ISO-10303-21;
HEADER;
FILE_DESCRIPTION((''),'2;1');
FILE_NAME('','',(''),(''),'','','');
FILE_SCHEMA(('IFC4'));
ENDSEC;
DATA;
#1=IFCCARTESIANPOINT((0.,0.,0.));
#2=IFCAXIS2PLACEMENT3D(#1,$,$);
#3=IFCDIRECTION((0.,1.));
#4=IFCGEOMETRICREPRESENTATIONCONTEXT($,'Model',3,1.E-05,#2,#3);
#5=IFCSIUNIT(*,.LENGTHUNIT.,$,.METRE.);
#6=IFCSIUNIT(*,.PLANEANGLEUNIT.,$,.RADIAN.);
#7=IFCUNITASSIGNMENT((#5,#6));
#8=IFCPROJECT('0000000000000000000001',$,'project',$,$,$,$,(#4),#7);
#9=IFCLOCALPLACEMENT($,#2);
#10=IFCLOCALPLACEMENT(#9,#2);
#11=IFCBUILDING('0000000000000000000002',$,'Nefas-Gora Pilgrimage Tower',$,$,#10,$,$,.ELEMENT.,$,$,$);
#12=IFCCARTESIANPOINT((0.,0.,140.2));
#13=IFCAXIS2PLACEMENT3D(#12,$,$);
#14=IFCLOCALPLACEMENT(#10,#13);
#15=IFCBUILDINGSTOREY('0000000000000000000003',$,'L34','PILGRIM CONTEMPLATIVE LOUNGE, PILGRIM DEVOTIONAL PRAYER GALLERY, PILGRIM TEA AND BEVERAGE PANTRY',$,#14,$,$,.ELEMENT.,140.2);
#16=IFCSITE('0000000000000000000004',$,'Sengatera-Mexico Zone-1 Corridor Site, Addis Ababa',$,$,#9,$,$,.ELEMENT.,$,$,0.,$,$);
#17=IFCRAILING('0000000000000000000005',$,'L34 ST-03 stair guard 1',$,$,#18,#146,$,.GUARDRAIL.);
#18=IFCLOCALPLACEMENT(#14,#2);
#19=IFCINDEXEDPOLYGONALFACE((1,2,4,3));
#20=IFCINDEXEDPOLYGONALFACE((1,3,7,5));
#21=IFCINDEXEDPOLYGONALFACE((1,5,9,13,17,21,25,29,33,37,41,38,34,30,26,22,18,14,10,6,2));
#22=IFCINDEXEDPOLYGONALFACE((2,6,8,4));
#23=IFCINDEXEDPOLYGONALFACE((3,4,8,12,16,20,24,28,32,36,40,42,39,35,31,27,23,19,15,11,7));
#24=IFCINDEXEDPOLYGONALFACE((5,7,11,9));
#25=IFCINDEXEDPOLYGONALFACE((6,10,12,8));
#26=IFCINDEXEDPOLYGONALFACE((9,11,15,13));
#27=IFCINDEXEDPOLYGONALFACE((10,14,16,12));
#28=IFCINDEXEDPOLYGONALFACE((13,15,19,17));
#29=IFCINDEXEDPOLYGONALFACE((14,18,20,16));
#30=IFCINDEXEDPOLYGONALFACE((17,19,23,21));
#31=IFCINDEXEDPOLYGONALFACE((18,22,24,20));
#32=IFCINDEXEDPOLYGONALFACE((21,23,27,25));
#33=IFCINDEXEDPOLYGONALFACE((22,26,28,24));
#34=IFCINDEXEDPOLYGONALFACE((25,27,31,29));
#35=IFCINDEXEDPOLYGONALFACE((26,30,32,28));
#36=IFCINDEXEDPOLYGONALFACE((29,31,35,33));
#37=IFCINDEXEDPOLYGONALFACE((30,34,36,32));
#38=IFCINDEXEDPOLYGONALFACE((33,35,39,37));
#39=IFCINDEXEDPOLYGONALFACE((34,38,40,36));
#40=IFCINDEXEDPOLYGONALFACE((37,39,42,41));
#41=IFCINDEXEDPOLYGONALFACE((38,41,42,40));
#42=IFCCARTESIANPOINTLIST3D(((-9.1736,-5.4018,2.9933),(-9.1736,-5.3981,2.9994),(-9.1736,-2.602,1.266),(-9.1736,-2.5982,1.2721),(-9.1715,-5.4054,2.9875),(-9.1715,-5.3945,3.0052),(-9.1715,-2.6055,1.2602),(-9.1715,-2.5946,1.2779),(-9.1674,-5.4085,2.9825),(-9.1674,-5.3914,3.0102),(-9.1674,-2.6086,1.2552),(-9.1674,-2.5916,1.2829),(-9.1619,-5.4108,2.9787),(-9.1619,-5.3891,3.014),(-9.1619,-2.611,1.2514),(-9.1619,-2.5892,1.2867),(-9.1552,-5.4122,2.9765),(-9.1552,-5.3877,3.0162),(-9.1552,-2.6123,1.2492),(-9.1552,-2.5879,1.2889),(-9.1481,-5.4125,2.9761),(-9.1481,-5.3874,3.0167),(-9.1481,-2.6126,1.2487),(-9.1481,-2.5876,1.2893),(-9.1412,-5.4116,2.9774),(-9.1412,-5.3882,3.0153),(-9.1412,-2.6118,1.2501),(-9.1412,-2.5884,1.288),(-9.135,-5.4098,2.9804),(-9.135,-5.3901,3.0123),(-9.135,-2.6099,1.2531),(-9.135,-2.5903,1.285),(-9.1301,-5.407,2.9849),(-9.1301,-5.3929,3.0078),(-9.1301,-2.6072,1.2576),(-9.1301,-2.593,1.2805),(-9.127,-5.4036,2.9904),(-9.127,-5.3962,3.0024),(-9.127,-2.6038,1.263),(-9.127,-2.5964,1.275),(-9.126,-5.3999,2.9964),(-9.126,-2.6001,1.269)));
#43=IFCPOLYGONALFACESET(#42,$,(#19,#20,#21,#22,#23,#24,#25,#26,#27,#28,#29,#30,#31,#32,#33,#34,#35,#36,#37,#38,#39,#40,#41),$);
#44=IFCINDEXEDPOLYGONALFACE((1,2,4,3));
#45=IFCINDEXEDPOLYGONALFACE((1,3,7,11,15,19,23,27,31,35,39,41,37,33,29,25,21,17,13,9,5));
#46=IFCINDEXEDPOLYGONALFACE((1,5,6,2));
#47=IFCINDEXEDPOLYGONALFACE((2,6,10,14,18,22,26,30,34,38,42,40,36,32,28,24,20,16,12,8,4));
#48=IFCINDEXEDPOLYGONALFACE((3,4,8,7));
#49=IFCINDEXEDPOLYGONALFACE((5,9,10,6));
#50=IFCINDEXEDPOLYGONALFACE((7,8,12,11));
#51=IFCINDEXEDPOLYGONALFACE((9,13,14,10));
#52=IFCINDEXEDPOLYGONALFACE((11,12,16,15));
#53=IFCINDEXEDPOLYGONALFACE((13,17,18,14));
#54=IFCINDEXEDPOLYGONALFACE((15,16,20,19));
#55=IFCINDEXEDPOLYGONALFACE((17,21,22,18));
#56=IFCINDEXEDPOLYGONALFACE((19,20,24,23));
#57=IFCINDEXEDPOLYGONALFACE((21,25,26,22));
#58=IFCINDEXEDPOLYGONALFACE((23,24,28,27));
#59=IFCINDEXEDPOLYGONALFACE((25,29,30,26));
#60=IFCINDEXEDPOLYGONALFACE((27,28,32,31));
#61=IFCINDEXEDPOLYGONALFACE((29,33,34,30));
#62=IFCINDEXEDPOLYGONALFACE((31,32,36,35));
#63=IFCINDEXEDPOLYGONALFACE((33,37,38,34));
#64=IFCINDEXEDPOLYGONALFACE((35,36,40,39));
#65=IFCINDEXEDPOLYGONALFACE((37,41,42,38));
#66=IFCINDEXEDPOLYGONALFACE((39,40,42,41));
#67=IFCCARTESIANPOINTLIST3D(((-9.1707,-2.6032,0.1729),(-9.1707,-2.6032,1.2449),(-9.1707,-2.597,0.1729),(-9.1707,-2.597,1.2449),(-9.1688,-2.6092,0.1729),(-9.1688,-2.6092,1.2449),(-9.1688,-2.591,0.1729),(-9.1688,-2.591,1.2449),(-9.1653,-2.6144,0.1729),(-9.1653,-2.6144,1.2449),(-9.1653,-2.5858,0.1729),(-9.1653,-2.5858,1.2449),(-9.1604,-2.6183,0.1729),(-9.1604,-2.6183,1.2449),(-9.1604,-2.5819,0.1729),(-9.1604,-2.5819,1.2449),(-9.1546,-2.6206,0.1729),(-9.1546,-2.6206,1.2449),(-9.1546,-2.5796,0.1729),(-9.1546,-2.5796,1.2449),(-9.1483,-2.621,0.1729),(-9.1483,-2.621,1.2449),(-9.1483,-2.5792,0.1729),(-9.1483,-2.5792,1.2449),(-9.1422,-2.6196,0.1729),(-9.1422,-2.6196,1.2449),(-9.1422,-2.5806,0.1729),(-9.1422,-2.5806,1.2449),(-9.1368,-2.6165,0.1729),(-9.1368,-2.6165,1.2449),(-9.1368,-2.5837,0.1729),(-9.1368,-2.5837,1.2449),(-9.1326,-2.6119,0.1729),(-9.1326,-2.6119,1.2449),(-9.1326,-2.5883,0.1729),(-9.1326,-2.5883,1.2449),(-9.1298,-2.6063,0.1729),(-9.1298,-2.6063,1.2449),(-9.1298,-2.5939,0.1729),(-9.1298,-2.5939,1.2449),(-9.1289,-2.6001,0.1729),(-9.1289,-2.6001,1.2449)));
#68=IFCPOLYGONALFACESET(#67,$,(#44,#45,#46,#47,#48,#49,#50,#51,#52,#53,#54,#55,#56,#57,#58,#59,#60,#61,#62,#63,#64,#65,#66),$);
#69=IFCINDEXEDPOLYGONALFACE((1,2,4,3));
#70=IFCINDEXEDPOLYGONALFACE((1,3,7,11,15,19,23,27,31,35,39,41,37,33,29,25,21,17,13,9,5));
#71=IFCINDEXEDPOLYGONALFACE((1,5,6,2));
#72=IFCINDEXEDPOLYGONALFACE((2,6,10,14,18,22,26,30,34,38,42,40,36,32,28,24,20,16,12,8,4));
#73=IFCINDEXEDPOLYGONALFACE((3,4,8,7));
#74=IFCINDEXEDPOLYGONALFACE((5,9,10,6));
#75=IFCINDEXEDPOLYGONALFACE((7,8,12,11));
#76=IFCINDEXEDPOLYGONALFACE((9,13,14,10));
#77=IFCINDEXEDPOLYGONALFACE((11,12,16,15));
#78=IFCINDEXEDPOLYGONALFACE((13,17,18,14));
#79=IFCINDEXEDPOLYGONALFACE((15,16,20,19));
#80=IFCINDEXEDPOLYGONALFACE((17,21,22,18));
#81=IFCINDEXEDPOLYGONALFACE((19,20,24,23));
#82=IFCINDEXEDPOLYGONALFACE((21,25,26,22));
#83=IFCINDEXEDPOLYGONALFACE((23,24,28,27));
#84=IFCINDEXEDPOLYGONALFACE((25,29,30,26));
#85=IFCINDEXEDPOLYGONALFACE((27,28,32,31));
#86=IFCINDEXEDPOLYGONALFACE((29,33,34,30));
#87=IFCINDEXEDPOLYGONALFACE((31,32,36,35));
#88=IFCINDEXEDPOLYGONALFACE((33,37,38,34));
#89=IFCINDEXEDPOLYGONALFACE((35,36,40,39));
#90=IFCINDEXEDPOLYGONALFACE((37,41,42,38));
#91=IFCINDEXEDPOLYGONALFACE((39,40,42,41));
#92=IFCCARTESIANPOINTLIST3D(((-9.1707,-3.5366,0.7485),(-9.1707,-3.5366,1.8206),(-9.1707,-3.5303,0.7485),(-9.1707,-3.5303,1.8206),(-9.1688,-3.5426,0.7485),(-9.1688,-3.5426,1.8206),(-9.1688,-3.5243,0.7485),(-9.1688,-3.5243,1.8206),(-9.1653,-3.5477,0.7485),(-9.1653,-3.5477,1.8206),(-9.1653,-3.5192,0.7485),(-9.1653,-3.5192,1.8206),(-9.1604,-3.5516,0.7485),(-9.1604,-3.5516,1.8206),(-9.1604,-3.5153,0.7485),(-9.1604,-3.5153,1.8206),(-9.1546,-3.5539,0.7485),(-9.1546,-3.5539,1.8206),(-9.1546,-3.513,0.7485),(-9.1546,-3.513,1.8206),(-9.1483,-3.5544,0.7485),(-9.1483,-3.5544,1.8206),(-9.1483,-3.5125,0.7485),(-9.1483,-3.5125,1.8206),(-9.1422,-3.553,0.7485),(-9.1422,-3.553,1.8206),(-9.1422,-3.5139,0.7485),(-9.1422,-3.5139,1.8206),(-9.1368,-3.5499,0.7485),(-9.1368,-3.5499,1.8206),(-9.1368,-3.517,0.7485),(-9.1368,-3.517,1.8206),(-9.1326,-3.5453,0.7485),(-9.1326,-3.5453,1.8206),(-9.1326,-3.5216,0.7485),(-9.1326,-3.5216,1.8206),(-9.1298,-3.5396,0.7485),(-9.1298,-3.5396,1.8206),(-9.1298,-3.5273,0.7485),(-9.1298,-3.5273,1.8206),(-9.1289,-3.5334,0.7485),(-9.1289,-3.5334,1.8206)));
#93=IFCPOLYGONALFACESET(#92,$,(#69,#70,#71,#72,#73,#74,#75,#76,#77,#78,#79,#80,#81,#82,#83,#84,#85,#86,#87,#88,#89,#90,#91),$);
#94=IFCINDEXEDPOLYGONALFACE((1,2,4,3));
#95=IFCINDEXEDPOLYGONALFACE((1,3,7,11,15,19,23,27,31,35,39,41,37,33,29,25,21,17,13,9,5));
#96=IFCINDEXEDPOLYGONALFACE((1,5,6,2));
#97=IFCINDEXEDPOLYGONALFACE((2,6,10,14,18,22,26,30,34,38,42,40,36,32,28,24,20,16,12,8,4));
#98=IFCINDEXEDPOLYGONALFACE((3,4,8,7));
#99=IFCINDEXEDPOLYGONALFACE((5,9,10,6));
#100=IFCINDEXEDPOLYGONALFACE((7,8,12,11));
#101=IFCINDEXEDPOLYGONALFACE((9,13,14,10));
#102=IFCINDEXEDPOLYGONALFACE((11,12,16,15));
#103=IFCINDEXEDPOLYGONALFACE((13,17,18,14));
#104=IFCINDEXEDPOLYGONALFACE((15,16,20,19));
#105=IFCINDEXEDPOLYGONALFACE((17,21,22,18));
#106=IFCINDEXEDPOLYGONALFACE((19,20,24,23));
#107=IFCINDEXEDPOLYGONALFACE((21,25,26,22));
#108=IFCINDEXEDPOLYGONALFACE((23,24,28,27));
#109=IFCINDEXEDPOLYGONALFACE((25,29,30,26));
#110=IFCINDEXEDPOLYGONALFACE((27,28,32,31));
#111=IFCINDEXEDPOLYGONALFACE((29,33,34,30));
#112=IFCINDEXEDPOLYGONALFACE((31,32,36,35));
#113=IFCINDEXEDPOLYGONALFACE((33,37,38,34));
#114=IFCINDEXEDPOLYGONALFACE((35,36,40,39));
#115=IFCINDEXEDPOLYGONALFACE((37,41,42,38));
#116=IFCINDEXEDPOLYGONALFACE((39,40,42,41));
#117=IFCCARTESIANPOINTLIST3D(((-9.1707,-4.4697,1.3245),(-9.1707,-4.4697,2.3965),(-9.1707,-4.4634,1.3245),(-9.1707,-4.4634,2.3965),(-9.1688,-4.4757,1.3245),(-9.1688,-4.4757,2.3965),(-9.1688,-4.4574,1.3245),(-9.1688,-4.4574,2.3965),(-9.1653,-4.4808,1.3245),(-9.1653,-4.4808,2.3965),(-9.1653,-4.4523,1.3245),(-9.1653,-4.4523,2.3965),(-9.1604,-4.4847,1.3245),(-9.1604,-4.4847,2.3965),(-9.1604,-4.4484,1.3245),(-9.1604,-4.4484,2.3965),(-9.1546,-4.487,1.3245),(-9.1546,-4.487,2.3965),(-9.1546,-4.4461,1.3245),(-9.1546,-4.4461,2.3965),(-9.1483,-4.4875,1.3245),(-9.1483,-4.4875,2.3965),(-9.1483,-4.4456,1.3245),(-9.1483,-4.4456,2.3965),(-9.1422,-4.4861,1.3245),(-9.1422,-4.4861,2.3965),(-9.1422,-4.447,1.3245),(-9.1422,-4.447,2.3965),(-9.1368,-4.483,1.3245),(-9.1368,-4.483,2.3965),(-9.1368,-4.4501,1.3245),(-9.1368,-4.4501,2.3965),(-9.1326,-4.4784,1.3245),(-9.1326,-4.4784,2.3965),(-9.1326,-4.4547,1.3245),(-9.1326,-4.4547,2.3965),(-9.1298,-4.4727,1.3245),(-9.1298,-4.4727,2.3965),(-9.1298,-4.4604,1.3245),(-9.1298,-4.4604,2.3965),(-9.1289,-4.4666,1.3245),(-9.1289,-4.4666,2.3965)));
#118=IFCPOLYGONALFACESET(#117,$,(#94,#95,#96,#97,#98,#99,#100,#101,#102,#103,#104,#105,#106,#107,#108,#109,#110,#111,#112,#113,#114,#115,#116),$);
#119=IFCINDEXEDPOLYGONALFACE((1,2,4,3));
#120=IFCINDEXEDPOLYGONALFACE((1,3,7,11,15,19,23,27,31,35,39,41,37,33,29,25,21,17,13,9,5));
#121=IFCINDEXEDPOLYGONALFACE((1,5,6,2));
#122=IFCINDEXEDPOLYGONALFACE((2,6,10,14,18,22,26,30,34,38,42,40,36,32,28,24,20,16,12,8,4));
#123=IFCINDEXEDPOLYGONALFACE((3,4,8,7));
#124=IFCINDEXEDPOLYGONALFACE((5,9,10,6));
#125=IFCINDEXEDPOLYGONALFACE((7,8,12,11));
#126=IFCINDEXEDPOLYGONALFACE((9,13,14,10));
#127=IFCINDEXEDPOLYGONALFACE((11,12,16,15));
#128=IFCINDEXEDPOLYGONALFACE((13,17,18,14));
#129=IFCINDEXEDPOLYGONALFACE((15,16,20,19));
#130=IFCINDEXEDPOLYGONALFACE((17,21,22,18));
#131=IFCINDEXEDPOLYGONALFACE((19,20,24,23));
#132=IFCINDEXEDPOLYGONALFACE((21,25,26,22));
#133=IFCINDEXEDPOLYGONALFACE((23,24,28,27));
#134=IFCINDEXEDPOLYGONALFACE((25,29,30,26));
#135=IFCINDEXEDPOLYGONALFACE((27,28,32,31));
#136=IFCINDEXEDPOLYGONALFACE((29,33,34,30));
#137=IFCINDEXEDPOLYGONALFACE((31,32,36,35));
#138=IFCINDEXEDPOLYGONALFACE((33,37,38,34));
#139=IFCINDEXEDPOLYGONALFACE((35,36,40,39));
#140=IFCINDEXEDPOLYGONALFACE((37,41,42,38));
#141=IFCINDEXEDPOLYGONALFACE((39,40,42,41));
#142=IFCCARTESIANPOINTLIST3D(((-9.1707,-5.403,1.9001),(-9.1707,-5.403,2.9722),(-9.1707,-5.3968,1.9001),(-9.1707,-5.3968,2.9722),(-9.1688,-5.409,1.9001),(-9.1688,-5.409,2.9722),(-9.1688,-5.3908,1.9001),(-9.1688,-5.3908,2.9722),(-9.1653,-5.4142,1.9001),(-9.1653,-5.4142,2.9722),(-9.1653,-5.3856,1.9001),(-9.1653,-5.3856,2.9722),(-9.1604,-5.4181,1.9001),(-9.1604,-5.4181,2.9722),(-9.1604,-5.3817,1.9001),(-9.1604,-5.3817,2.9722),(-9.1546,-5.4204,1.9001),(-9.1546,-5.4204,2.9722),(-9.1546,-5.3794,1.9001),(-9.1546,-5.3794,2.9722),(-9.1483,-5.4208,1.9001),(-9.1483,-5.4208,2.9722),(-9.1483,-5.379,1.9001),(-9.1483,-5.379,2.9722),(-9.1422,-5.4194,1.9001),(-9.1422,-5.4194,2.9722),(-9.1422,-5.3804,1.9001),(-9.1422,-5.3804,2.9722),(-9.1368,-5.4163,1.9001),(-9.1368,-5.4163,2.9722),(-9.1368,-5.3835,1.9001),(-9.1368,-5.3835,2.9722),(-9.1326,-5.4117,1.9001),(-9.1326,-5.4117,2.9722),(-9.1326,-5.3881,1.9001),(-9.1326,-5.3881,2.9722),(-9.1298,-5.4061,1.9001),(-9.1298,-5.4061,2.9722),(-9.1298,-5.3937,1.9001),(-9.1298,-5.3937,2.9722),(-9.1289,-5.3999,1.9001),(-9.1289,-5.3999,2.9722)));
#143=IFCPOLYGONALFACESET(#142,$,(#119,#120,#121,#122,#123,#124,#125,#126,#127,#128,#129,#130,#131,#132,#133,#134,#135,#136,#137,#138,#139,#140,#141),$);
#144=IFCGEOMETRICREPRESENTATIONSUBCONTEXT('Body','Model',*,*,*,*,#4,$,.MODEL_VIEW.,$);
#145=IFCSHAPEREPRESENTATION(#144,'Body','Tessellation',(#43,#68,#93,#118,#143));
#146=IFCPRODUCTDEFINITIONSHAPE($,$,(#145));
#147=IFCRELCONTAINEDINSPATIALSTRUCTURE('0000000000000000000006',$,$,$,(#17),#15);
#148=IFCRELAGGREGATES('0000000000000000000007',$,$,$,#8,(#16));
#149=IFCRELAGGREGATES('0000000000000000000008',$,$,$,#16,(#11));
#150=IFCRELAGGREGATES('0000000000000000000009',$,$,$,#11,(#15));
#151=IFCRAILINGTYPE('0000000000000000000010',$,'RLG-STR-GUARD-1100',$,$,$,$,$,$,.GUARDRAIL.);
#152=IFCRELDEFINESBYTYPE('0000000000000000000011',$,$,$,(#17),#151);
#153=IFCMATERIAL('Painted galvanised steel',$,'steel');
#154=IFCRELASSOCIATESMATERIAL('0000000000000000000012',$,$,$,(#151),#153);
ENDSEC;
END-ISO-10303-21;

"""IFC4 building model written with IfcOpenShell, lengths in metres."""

from ifc_helpers import new_model, si_unit, direction, frame, origin, origin_2d, place, context, subcontext, project, spatial, circle, extrude, material, type_object, element, save


model = new_model("IFC4")

# Units and contexts
model_context = context("Model", 3, precision=1e-05, world=origin(), true_north=direction((0.0, 1.0)))
body_context = subcontext(model_context, "Body", "Model", "MODEL_VIEW")
ifc_project = project(units=[si_unit("LENGTHUNIT", "METRE"), si_unit("PLANEANGLEUNIT", "RADIAN")], contexts=[model_context])

# Site, building, storey
site_placement = place(None, origin())
site = spatial("IfcSite", under=ifc_project, at=site_placement, Name="Sengatera-Mexico Zone-1 Corridor Site, Addis Ababa", CompositionType="ELEMENT", RefElevation=0.0)
building_placement = place(site_placement, origin())
building = spatial("IfcBuilding", under=site, at=building_placement, Name="Nefas-Gora Pilgrimage Tower", CompositionType="ELEMENT")
storey_placement = place(building_placement, frame((0.0, 0.0, 140.2)))
storey = spatial("IfcBuildingStorey", under=building, at=storey_placement, Name="L34", Description="PILGRIM CONTEMPLATIVE LOUNGE, PILGRIM DEVOTIONAL PRAYER GALLERY, PILGRIM TEA AND BEVERAGE PANTRY", CompositionType="ELEMENT", Elevation=140.2)

# Railing
ifc_material_1 = material(Name="Painted galvanised steel", Category="steel")
railing_type_1 = type_object("IfcRailingType", Name="RLG-STR-GUARD-1100", PredefinedType="GUARDRAIL", material=ifc_material_1)
railing_1_placement = place(storey_placement, frame((-9.1499, -2.6001, 0.1729)))
element("IfcRailing", 1, at=railing_1_placement, inside=storey, type_object=railing_type_1, Name="L34 ST-03 stair guard 1", PredefinedType="GUARDRAIL", context=body_context, shape_type="SweptSolid", body=[
    extrude(circle(Radius=0.0239, at=origin_2d()), frame((0.0, 0.0, 1.0962), z_axis=(0.0, -0.851069, 0.525054), x_axis=(1.0, 0.0, 0.0)), (0.0, 0.0, 1.0), 3.2898),
    extrude(circle(Radius=0.021, at=origin_2d()), origin(), (0.0, 0.0, 1.0), 1.072),
    extrude(circle(Radius=0.021, at=origin_2d()), frame((0.0, -0.9333, 0.5757)), (0.0, 0.0, 1.0), 1.072),
    extrude(circle(Radius=0.021, at=origin_2d()), frame((0.0, -1.8665, 1.1516)), (0.0, 0.0, 1.0), 1.072),
    extrude(circle(Radius=0.021, at=origin_2d()), frame((0.0, -2.7998, 1.7273)), (0.0, 0.0, 1.0), 1.072),
])

save(model, "model.ifc")
